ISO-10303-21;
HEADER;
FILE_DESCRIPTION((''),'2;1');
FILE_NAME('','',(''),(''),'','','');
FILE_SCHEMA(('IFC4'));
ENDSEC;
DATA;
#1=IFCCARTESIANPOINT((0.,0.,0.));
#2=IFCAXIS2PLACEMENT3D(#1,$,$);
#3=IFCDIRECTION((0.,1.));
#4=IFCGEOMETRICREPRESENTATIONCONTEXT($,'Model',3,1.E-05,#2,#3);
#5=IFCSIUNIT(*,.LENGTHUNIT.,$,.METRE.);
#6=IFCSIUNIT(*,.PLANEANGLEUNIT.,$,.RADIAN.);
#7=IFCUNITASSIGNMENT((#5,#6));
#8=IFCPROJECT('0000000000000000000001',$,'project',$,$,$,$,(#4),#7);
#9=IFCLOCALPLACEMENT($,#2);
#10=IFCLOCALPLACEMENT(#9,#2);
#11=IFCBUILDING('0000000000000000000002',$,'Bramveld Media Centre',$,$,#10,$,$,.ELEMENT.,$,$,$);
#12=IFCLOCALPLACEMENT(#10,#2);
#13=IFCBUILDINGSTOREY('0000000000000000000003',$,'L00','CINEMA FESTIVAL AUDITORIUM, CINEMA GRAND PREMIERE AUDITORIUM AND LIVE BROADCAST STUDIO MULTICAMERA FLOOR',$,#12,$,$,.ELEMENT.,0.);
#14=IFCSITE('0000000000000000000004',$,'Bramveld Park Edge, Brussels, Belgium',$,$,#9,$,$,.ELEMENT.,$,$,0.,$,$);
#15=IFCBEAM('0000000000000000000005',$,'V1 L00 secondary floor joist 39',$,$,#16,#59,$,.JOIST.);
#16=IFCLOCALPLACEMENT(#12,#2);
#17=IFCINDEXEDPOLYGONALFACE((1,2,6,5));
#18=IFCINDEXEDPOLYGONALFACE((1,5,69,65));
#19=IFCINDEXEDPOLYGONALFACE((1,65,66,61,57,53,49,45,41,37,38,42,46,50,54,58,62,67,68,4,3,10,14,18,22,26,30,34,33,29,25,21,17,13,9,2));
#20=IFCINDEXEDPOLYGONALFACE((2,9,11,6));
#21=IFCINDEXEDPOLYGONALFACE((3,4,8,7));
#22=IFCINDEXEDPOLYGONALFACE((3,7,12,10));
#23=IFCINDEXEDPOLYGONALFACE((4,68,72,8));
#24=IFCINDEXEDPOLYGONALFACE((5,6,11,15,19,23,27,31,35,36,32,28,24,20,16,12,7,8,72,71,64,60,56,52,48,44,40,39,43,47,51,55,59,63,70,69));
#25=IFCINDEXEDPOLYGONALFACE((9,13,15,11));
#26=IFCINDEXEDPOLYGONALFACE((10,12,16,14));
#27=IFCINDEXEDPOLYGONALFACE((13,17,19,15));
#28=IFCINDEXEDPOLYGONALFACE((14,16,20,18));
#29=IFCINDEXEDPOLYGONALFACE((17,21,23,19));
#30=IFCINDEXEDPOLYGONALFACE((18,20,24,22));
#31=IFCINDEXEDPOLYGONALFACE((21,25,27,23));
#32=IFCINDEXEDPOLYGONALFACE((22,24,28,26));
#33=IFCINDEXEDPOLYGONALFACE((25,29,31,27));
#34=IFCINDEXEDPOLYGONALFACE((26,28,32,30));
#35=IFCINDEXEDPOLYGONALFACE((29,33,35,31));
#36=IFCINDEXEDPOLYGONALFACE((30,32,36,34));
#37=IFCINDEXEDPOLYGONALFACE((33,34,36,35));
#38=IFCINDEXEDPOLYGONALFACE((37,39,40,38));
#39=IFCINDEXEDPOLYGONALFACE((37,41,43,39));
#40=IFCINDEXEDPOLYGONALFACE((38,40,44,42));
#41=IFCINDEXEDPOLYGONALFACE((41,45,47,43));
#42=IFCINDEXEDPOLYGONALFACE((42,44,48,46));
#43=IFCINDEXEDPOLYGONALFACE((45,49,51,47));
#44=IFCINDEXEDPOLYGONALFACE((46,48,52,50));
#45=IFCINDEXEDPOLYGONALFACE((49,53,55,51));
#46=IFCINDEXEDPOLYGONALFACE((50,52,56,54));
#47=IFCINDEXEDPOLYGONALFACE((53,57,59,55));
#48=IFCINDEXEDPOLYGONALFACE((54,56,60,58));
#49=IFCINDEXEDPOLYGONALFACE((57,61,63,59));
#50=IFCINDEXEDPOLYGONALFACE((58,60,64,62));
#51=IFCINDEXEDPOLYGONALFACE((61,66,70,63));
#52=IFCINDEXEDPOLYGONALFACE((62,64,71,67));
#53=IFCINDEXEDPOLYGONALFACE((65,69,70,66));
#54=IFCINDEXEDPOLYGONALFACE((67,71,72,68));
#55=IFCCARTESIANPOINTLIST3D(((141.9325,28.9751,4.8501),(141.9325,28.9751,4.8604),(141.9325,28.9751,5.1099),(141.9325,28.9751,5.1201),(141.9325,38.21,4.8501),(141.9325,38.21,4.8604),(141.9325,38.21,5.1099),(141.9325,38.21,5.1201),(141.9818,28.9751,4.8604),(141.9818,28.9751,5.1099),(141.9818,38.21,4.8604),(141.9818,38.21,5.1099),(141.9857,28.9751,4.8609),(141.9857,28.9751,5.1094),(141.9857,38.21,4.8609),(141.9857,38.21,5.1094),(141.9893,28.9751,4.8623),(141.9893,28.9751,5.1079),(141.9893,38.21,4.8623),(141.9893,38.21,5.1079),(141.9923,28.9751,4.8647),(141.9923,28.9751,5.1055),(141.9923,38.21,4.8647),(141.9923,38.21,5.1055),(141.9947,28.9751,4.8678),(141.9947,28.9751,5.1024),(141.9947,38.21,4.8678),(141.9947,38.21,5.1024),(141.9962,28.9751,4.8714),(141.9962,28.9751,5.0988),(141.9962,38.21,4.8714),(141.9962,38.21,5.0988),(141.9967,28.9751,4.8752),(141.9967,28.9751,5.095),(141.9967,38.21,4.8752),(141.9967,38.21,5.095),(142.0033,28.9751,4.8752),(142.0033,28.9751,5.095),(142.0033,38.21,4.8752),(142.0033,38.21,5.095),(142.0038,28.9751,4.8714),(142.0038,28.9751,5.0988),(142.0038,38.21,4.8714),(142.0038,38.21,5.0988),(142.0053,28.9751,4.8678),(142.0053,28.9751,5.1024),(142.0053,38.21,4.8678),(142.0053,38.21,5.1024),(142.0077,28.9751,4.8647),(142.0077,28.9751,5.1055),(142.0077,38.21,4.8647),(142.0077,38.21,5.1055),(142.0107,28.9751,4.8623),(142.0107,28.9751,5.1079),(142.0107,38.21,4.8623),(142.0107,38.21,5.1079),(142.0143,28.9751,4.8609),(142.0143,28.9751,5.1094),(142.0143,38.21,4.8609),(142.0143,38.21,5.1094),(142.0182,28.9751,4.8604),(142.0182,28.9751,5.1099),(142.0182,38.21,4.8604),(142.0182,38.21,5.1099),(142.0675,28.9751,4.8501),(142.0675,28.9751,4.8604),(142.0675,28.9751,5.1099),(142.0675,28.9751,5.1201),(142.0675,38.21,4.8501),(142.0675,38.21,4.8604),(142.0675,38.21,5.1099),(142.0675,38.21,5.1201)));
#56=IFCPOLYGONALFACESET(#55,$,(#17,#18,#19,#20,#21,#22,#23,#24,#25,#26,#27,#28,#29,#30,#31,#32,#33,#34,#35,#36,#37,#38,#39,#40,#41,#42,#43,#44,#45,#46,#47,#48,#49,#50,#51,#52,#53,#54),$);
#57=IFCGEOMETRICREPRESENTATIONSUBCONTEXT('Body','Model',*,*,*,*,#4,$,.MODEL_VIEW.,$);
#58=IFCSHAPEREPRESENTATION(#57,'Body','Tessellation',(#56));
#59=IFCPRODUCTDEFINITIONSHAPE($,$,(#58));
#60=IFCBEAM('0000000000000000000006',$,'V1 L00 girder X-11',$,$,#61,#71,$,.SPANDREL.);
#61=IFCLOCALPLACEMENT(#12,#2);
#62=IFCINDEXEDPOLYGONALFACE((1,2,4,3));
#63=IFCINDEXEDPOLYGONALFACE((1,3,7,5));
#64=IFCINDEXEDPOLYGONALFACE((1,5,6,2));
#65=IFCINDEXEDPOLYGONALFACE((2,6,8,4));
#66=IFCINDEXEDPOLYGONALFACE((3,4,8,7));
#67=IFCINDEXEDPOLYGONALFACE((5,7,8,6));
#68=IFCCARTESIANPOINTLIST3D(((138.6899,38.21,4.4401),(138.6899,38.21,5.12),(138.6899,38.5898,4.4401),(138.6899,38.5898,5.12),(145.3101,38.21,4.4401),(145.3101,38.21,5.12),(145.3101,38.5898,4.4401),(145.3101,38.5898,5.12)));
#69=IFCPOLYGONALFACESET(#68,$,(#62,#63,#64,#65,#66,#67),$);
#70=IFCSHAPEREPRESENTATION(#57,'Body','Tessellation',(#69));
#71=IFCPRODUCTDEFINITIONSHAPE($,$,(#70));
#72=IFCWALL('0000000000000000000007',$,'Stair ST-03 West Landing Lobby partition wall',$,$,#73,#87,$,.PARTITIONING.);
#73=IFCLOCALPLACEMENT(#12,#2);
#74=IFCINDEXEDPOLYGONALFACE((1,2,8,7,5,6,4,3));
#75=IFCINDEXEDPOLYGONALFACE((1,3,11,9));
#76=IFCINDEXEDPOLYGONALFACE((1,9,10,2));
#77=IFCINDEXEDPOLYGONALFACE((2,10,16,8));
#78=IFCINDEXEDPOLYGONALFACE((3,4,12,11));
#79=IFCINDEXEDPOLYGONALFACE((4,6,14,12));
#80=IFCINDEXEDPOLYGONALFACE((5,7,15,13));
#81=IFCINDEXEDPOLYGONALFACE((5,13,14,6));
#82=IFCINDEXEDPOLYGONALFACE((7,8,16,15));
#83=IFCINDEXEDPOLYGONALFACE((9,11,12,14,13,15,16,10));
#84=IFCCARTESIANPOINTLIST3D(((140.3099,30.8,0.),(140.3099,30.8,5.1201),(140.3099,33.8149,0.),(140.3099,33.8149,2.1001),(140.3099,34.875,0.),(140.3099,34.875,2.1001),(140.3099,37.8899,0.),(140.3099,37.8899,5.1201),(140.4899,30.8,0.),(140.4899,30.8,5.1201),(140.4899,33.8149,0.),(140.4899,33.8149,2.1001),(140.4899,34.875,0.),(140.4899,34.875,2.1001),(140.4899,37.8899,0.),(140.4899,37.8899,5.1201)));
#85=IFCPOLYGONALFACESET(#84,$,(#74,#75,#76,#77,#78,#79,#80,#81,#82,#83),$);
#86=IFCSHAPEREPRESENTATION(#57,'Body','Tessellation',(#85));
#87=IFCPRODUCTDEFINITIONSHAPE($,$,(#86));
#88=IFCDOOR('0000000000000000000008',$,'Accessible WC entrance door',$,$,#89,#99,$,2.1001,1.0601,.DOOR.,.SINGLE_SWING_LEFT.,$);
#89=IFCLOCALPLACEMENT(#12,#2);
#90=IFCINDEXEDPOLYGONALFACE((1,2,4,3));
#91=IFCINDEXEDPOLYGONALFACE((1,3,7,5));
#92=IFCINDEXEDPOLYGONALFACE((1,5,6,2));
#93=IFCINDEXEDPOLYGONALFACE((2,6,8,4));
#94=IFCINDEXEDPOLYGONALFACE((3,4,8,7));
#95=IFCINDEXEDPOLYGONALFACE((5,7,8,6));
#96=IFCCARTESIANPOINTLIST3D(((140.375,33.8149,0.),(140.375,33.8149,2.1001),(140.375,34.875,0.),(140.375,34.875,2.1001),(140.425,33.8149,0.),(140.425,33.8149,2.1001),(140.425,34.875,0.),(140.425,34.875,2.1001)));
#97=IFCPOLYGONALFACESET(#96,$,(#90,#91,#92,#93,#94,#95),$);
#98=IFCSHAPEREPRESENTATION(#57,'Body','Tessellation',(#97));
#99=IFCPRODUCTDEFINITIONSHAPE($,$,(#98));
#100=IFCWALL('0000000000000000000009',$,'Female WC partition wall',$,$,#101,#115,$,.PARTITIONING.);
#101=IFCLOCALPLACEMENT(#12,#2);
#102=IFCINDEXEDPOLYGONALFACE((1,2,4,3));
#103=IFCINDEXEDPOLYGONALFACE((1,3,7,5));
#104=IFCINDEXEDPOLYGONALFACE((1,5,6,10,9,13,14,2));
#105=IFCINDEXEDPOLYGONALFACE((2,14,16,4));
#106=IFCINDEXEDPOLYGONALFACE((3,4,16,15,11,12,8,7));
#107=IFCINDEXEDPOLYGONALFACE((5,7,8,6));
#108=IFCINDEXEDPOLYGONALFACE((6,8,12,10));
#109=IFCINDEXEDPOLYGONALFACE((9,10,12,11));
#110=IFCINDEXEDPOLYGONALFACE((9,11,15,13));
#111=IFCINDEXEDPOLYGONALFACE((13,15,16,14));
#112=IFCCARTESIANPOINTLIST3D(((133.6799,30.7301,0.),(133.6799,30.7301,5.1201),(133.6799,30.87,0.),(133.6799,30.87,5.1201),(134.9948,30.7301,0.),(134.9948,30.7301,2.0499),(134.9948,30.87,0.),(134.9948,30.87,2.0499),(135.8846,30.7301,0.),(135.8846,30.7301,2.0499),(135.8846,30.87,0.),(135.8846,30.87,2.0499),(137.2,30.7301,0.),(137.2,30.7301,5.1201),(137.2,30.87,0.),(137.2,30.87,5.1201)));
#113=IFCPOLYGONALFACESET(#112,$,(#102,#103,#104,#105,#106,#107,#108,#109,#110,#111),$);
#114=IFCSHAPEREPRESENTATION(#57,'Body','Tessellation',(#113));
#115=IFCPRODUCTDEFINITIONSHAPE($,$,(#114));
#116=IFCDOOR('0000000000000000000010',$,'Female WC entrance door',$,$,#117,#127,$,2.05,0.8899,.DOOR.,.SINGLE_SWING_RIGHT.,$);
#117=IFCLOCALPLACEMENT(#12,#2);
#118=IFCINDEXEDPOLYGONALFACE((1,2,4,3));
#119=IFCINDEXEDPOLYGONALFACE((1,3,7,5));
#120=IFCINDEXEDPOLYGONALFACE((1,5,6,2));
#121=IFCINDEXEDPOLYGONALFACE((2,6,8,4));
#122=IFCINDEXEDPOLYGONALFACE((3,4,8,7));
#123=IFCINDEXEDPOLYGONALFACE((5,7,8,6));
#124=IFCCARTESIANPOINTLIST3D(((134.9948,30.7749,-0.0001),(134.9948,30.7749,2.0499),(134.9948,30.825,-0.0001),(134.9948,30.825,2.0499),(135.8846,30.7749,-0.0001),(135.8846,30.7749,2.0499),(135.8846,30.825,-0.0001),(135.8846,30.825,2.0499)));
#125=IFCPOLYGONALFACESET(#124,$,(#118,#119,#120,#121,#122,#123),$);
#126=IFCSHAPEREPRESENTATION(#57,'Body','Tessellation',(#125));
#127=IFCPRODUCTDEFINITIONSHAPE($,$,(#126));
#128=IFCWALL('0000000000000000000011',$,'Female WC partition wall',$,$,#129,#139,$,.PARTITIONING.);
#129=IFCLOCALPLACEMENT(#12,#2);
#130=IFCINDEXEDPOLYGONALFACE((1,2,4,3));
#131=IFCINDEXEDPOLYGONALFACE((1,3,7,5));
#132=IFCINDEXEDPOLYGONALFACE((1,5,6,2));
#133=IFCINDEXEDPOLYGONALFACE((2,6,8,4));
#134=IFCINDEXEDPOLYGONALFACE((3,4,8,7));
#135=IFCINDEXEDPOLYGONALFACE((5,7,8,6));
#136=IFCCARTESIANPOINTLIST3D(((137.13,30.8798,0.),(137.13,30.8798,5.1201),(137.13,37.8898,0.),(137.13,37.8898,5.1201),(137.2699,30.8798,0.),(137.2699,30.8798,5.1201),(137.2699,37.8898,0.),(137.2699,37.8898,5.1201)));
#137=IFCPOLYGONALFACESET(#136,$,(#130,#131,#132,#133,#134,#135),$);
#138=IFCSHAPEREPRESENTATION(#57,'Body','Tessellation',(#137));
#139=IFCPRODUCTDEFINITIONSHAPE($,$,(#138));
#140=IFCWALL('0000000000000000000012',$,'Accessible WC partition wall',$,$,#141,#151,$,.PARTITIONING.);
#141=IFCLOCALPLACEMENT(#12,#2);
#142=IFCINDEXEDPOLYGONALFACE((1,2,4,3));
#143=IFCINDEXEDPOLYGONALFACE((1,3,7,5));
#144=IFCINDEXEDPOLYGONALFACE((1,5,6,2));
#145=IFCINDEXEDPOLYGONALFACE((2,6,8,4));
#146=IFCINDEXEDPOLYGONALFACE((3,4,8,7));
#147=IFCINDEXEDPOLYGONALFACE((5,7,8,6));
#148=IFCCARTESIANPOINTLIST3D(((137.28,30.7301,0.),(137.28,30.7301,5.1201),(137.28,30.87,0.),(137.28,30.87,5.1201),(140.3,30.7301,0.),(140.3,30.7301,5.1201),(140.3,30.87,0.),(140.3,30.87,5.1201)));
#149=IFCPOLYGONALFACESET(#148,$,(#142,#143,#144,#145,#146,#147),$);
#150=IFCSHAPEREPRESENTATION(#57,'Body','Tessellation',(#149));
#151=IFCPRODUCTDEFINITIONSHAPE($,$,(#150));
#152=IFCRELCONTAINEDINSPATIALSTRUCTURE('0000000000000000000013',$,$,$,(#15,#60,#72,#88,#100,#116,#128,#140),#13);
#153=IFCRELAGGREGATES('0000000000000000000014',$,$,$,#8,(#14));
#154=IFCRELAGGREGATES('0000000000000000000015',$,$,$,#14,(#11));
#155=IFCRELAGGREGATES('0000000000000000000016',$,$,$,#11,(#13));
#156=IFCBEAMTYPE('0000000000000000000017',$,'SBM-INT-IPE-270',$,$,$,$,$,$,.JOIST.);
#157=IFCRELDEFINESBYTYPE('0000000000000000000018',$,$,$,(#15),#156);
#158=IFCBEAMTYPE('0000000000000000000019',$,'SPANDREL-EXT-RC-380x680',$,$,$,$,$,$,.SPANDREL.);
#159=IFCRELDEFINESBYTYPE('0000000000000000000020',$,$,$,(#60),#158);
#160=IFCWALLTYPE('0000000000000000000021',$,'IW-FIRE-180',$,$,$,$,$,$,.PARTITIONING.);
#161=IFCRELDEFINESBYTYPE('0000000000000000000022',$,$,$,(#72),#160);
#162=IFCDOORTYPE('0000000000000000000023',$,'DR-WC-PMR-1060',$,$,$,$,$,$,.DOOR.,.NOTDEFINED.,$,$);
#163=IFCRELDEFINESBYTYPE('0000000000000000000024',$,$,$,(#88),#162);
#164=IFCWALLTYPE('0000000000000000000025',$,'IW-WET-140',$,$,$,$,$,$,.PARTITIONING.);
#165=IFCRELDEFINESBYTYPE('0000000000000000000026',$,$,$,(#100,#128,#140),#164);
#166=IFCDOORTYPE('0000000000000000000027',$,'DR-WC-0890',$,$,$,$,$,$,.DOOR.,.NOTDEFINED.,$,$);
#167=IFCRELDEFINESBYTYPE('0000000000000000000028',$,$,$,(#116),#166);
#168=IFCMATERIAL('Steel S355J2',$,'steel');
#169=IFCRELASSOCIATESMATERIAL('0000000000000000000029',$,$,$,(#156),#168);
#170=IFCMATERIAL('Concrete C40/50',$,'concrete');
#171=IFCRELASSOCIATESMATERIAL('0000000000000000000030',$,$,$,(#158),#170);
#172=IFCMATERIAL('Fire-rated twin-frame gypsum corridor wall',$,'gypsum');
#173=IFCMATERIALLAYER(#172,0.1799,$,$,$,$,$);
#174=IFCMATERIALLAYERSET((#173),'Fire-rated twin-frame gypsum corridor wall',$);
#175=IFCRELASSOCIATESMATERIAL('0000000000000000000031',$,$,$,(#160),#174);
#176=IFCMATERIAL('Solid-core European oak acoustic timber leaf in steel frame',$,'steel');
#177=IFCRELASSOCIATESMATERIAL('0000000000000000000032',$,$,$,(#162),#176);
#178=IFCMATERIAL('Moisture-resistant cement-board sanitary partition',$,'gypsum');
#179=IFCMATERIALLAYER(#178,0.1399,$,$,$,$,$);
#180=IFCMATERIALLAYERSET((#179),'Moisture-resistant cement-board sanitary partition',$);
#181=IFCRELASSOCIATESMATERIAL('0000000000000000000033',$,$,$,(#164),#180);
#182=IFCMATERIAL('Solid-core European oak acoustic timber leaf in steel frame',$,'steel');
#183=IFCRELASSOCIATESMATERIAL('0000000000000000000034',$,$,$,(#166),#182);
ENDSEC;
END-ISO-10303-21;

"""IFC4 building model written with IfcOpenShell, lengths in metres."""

from ifc_helpers import new_model, si_unit, direction, frame, frame_2d, origin, origin_2d, place, context, subcontext, project, spatial, rectangle, i_section, extrude, material, layer, layer_set, material_profile, profile_set, type_object, element, fill, save


model = new_model("IFC4")

# Units and contexts
model_context = context("Model", 3, precision=1e-05, world=origin(), true_north=direction((0.0, 1.0)))
body_context = subcontext(model_context, "Body", "Model", "MODEL_VIEW")
ifc_project = project(units=[si_unit("LENGTHUNIT", "METRE"), si_unit("PLANEANGLEUNIT", "RADIAN")], contexts=[model_context])

# Site, building, storey
site_placement = place(None, origin())
site = spatial("IfcSite", under=ifc_project, at=site_placement, Name="Bramveld Park Edge, Brussels, Belgium", CompositionType="ELEMENT", RefElevation=0.0)
building_placement = place(site_placement, origin())
building = spatial("IfcBuilding", under=site, at=building_placement, Name="Bramveld Media Centre", CompositionType="ELEMENT")
storey_placement = place(building_placement, origin())
storey = spatial("IfcBuildingStorey", under=building, at=storey_placement, Name="L00", Description="CINEMA FESTIVAL AUDITORIUM, CINEMA GRAND PREMIERE AUDITORIUM AND LIVE BROADCAST STUDIO MULTICAMERA FLOOR", CompositionType="ELEMENT", Elevation=0.0)

# Beams
ifc_material_1 = material(Name="Steel S355J2", Category="steel")
ifc_material_profile_1 = material_profile(ifc_material_1, i_section(OverallWidth=0.135, OverallDepth=0.27, WebThickness=0.0066, FlangeThickness=0.0103, FilletRadius=0.0149, at=origin_2d()), Name="IPE 270")
ifc_profile_set_1 = profile_set([ifc_material_profile_1], Name="Steel S355J2")
beam_type_1 = type_object("IfcBeamType", Name="SBM-INT-IPE-270", PredefinedType="JOIST", material=ifc_profile_set_1)
beam_1_placement = place(storey_placement, frame((142.0, 28.9751, 4.9851), z_axis=(0.0, 1.0, 0.0), x_axis=(-1.0, 0.0, 0.0)))
element("IfcBeam", 1, at=beam_1_placement, inside=storey, type_object=beam_type_1, Name="V1 L00 secondary floor joist 39", PredefinedType="JOIST", context=body_context, shape_type="SweptSolid", body=[
    extrude(i_section(OverallWidth=0.135, OverallDepth=0.27, WebThickness=0.0066, FlangeThickness=0.0103, FilletRadius=0.0149, at=origin_2d()), origin(), (0.0, 0.0, 1.0), 9.2349),
])
ifc_material_2 = material(Name="Concrete C40/50", Category="concrete")
ifc_material_profile_2 = material_profile(ifc_material_2, rectangle(XDim=0.3799, YDim=0.6799, at=origin_2d()), Name="RC 380x680")
ifc_profile_set_2 = profile_set([ifc_material_profile_2], Name="Concrete C40/50")
beam_type_2 = type_object("IfcBeamType", Name="SPANDREL-EXT-RC-380x680", PredefinedType="SPANDREL", material=ifc_profile_set_2)
beam_2_placement = place(storey_placement, frame((138.6899, 38.3999, 4.78), z_axis=(1.0, 0.0, 0.0), x_axis=(0.0, 1.0, 0.0)))
element("IfcBeam", 2, at=beam_2_placement, inside=storey, type_object=beam_type_2, Name="V1 L00 girder X-11", PredefinedType="SPANDREL", context=body_context, shape_type="SweptSolid", body=[
    extrude(rectangle(XDim=0.3799, YDim=0.6799, at=origin_2d()), origin(), (0.0, 0.0, 1.0), 6.6201),
])

# Walls, openings, doors
ifc_material_3 = material(Name="Fire-rated twin-frame gypsum corridor wall", Category="gypsum")
ifc_layer_1 = layer(ifc_material_3, 0.1799)
ifc_layer_set_1 = layer_set([ifc_layer_1], Name="Fire-rated twin-frame gypsum corridor wall")
wall_type_1 = type_object("IfcWallType", Name="IW-FIRE-180", PredefinedType="PARTITIONING", material=ifc_layer_set_1)
wall_1_placement = place(storey_placement, frame((140.3999, 30.8, 0.0), z_axis=(0.0, 0.0, 1.0), x_axis=(0.0, 1.0, 0.0)))
wall_1 = element("IfcWall", 3, at=wall_1_placement, inside=storey, type_object=wall_type_1, Name="Stair ST-03 West Landing Lobby partition wall", PredefinedType="PARTITIONING", context=body_context, shape_type="SweptSolid", body=[
    extrude(rectangle(XDim=7.0898, YDim=0.1799, at=frame_2d((3.5449, 0.0))), origin(), (0.0, 0.0, 1.0), 5.1201),
])
opening_1_placement = place(wall_1_placement, frame((3.0149, 0.0, 0.0)))
opening_1 = element("IfcOpeningElement", 4, at=opening_1_placement, cuts=wall_1, PredefinedType="OPENING", context=body_context, shape_type="SweptSolid", body=[
    extrude(rectangle(XDim=1.0601, YDim=2.1001, at=frame_2d((0.53, 1.05))), frame((0.0, 0.1021, 0.0), z_axis=(0.0, -1.0, 0.0), x_axis=(1.0, 0.0, 0.0)), (0.0, 0.0, 1.0), 0.2039),
])
ifc_material_4 = material(Name="Solid-core European oak acoustic timber leaf in steel frame", Category="steel")
door_type_1 = type_object("IfcDoorType", Name="DR-WC-PMR-1060", OperationType="NOTDEFINED", PredefinedType="DOOR", material=ifc_material_4)
door_1_placement = place(opening_1_placement, origin())
door_1 = element("IfcDoor", 5, at=door_1_placement, inside=storey, type_object=door_type_1, Name="Accessible WC entrance door", OperationType="SINGLE_SWING_LEFT", OverallHeight=2.1001, OverallWidth=1.0601, PredefinedType="DOOR", context=body_context, shape_type="SweptSolid", body=[
    extrude(rectangle(XDim=1.0601, YDim=2.1001, at=frame_2d((0.53, 1.05))), frame((0.0, 0.0249, 0.0), z_axis=(0.0, -1.0, 0.0), x_axis=(1.0, 0.0, 0.0)), (0.0, 0.0, 1.0), 0.05),
])
fill(opening_1, door_1)
ifc_material_5 = material(Name="Moisture-resistant cement-board sanitary partition", Category="gypsum")
ifc_layer_2 = layer(ifc_material_5, 0.1399)
ifc_layer_set_2 = layer_set([ifc_layer_2], Name="Moisture-resistant cement-board sanitary partition")
wall_type_2 = type_object("IfcWallType", Name="IW-WET-140", PredefinedType="PARTITIONING", material=ifc_layer_set_2)
wall_2_placement = place(storey_placement, frame((133.6799, 30.8, 0.0), z_axis=(0.0, 0.0, 1.0), x_axis=(1.0, 0.0, 0.0)))
wall_2 = element("IfcWall", 6, at=wall_2_placement, inside=storey, type_object=wall_type_2, Name="Female WC partition wall", PredefinedType="PARTITIONING", context=body_context, shape_type="SweptSolid", body=[
    extrude(rectangle(XDim=3.52, YDim=0.1399, at=frame_2d((1.76, 0.0))), origin(), (0.0, 0.0, 1.0), 5.1201),
])
opening_2_placement = place(wall_2_placement, frame((1.3149, 0.0, 0.0)))
opening_2 = element("IfcOpeningElement", 7, at=opening_2_placement, cuts=wall_2, PredefinedType="OPENING", context=body_context, shape_type="SweptSolid", body=[
    extrude(rectangle(XDim=0.8899, YDim=2.05, at=frame_2d((0.4448, 1.0249))), frame((0.0, 0.082, 0.0), z_axis=(0.0, -1.0, 0.0), x_axis=(1.0, 0.0, 0.0)), (0.0, 0.0, 1.0), 0.1638),
])
ifc_material_6 = material(Name="Solid-core European oak acoustic timber leaf in steel frame", Category="steel")
door_type_2 = type_object("IfcDoorType", Name="DR-WC-0890", OperationType="NOTDEFINED", PredefinedType="DOOR", material=ifc_material_6)
door_2_placement = place(opening_2_placement, origin())
door_2 = element("IfcDoor", 8, at=door_2_placement, inside=storey, type_object=door_type_2, Name="Female WC entrance door", OperationType="SINGLE_SWING_RIGHT", OverallHeight=2.05, OverallWidth=0.8899, PredefinedType="DOOR", context=body_context, shape_type="SweptSolid", body=[
    extrude(rectangle(XDim=0.8899, YDim=2.05, at=frame_2d((0.4448, 1.0249))), frame((0.0, 0.0249, 0.0), z_axis=(0.0, -1.0, 0.0), x_axis=(1.0, 0.0, 0.0)), (0.0, 0.0, 1.0), 0.05),
])
fill(opening_2, door_2)

# Walls
wall_3_placement = place(storey_placement, frame((137.2, 30.8799, 0.0), z_axis=(0.0, 0.0, 1.0), x_axis=(0.0, 1.0, 0.0)))
element("IfcWall", 9, at=wall_3_placement, inside=storey, type_object=wall_type_2, Name="Female WC partition wall", PredefinedType="PARTITIONING", context=body_context, shape_type="SweptSolid", body=[
    extrude(rectangle(XDim=7.01, YDim=0.1399, at=frame_2d((3.5049, 0.0))), origin(), (0.0, 0.0, 1.0), 5.1201),
])
wall_4_placement = place(storey_placement, frame((137.28, 30.8, 0.0), z_axis=(0.0, 0.0, 1.0), x_axis=(1.0, 0.0, 0.0)))
element("IfcWall", 10, at=wall_4_placement, inside=storey, type_object=wall_type_2, Name="Accessible WC partition wall", PredefinedType="PARTITIONING", context=body_context, shape_type="SweptSolid", body=[
    extrude(rectangle(XDim=3.02, YDim=0.1399, at=frame_2d((1.51, 0.0))), origin(), (0.0, 0.0, 1.0), 5.1201),
])

save(model, "model.ifc")
